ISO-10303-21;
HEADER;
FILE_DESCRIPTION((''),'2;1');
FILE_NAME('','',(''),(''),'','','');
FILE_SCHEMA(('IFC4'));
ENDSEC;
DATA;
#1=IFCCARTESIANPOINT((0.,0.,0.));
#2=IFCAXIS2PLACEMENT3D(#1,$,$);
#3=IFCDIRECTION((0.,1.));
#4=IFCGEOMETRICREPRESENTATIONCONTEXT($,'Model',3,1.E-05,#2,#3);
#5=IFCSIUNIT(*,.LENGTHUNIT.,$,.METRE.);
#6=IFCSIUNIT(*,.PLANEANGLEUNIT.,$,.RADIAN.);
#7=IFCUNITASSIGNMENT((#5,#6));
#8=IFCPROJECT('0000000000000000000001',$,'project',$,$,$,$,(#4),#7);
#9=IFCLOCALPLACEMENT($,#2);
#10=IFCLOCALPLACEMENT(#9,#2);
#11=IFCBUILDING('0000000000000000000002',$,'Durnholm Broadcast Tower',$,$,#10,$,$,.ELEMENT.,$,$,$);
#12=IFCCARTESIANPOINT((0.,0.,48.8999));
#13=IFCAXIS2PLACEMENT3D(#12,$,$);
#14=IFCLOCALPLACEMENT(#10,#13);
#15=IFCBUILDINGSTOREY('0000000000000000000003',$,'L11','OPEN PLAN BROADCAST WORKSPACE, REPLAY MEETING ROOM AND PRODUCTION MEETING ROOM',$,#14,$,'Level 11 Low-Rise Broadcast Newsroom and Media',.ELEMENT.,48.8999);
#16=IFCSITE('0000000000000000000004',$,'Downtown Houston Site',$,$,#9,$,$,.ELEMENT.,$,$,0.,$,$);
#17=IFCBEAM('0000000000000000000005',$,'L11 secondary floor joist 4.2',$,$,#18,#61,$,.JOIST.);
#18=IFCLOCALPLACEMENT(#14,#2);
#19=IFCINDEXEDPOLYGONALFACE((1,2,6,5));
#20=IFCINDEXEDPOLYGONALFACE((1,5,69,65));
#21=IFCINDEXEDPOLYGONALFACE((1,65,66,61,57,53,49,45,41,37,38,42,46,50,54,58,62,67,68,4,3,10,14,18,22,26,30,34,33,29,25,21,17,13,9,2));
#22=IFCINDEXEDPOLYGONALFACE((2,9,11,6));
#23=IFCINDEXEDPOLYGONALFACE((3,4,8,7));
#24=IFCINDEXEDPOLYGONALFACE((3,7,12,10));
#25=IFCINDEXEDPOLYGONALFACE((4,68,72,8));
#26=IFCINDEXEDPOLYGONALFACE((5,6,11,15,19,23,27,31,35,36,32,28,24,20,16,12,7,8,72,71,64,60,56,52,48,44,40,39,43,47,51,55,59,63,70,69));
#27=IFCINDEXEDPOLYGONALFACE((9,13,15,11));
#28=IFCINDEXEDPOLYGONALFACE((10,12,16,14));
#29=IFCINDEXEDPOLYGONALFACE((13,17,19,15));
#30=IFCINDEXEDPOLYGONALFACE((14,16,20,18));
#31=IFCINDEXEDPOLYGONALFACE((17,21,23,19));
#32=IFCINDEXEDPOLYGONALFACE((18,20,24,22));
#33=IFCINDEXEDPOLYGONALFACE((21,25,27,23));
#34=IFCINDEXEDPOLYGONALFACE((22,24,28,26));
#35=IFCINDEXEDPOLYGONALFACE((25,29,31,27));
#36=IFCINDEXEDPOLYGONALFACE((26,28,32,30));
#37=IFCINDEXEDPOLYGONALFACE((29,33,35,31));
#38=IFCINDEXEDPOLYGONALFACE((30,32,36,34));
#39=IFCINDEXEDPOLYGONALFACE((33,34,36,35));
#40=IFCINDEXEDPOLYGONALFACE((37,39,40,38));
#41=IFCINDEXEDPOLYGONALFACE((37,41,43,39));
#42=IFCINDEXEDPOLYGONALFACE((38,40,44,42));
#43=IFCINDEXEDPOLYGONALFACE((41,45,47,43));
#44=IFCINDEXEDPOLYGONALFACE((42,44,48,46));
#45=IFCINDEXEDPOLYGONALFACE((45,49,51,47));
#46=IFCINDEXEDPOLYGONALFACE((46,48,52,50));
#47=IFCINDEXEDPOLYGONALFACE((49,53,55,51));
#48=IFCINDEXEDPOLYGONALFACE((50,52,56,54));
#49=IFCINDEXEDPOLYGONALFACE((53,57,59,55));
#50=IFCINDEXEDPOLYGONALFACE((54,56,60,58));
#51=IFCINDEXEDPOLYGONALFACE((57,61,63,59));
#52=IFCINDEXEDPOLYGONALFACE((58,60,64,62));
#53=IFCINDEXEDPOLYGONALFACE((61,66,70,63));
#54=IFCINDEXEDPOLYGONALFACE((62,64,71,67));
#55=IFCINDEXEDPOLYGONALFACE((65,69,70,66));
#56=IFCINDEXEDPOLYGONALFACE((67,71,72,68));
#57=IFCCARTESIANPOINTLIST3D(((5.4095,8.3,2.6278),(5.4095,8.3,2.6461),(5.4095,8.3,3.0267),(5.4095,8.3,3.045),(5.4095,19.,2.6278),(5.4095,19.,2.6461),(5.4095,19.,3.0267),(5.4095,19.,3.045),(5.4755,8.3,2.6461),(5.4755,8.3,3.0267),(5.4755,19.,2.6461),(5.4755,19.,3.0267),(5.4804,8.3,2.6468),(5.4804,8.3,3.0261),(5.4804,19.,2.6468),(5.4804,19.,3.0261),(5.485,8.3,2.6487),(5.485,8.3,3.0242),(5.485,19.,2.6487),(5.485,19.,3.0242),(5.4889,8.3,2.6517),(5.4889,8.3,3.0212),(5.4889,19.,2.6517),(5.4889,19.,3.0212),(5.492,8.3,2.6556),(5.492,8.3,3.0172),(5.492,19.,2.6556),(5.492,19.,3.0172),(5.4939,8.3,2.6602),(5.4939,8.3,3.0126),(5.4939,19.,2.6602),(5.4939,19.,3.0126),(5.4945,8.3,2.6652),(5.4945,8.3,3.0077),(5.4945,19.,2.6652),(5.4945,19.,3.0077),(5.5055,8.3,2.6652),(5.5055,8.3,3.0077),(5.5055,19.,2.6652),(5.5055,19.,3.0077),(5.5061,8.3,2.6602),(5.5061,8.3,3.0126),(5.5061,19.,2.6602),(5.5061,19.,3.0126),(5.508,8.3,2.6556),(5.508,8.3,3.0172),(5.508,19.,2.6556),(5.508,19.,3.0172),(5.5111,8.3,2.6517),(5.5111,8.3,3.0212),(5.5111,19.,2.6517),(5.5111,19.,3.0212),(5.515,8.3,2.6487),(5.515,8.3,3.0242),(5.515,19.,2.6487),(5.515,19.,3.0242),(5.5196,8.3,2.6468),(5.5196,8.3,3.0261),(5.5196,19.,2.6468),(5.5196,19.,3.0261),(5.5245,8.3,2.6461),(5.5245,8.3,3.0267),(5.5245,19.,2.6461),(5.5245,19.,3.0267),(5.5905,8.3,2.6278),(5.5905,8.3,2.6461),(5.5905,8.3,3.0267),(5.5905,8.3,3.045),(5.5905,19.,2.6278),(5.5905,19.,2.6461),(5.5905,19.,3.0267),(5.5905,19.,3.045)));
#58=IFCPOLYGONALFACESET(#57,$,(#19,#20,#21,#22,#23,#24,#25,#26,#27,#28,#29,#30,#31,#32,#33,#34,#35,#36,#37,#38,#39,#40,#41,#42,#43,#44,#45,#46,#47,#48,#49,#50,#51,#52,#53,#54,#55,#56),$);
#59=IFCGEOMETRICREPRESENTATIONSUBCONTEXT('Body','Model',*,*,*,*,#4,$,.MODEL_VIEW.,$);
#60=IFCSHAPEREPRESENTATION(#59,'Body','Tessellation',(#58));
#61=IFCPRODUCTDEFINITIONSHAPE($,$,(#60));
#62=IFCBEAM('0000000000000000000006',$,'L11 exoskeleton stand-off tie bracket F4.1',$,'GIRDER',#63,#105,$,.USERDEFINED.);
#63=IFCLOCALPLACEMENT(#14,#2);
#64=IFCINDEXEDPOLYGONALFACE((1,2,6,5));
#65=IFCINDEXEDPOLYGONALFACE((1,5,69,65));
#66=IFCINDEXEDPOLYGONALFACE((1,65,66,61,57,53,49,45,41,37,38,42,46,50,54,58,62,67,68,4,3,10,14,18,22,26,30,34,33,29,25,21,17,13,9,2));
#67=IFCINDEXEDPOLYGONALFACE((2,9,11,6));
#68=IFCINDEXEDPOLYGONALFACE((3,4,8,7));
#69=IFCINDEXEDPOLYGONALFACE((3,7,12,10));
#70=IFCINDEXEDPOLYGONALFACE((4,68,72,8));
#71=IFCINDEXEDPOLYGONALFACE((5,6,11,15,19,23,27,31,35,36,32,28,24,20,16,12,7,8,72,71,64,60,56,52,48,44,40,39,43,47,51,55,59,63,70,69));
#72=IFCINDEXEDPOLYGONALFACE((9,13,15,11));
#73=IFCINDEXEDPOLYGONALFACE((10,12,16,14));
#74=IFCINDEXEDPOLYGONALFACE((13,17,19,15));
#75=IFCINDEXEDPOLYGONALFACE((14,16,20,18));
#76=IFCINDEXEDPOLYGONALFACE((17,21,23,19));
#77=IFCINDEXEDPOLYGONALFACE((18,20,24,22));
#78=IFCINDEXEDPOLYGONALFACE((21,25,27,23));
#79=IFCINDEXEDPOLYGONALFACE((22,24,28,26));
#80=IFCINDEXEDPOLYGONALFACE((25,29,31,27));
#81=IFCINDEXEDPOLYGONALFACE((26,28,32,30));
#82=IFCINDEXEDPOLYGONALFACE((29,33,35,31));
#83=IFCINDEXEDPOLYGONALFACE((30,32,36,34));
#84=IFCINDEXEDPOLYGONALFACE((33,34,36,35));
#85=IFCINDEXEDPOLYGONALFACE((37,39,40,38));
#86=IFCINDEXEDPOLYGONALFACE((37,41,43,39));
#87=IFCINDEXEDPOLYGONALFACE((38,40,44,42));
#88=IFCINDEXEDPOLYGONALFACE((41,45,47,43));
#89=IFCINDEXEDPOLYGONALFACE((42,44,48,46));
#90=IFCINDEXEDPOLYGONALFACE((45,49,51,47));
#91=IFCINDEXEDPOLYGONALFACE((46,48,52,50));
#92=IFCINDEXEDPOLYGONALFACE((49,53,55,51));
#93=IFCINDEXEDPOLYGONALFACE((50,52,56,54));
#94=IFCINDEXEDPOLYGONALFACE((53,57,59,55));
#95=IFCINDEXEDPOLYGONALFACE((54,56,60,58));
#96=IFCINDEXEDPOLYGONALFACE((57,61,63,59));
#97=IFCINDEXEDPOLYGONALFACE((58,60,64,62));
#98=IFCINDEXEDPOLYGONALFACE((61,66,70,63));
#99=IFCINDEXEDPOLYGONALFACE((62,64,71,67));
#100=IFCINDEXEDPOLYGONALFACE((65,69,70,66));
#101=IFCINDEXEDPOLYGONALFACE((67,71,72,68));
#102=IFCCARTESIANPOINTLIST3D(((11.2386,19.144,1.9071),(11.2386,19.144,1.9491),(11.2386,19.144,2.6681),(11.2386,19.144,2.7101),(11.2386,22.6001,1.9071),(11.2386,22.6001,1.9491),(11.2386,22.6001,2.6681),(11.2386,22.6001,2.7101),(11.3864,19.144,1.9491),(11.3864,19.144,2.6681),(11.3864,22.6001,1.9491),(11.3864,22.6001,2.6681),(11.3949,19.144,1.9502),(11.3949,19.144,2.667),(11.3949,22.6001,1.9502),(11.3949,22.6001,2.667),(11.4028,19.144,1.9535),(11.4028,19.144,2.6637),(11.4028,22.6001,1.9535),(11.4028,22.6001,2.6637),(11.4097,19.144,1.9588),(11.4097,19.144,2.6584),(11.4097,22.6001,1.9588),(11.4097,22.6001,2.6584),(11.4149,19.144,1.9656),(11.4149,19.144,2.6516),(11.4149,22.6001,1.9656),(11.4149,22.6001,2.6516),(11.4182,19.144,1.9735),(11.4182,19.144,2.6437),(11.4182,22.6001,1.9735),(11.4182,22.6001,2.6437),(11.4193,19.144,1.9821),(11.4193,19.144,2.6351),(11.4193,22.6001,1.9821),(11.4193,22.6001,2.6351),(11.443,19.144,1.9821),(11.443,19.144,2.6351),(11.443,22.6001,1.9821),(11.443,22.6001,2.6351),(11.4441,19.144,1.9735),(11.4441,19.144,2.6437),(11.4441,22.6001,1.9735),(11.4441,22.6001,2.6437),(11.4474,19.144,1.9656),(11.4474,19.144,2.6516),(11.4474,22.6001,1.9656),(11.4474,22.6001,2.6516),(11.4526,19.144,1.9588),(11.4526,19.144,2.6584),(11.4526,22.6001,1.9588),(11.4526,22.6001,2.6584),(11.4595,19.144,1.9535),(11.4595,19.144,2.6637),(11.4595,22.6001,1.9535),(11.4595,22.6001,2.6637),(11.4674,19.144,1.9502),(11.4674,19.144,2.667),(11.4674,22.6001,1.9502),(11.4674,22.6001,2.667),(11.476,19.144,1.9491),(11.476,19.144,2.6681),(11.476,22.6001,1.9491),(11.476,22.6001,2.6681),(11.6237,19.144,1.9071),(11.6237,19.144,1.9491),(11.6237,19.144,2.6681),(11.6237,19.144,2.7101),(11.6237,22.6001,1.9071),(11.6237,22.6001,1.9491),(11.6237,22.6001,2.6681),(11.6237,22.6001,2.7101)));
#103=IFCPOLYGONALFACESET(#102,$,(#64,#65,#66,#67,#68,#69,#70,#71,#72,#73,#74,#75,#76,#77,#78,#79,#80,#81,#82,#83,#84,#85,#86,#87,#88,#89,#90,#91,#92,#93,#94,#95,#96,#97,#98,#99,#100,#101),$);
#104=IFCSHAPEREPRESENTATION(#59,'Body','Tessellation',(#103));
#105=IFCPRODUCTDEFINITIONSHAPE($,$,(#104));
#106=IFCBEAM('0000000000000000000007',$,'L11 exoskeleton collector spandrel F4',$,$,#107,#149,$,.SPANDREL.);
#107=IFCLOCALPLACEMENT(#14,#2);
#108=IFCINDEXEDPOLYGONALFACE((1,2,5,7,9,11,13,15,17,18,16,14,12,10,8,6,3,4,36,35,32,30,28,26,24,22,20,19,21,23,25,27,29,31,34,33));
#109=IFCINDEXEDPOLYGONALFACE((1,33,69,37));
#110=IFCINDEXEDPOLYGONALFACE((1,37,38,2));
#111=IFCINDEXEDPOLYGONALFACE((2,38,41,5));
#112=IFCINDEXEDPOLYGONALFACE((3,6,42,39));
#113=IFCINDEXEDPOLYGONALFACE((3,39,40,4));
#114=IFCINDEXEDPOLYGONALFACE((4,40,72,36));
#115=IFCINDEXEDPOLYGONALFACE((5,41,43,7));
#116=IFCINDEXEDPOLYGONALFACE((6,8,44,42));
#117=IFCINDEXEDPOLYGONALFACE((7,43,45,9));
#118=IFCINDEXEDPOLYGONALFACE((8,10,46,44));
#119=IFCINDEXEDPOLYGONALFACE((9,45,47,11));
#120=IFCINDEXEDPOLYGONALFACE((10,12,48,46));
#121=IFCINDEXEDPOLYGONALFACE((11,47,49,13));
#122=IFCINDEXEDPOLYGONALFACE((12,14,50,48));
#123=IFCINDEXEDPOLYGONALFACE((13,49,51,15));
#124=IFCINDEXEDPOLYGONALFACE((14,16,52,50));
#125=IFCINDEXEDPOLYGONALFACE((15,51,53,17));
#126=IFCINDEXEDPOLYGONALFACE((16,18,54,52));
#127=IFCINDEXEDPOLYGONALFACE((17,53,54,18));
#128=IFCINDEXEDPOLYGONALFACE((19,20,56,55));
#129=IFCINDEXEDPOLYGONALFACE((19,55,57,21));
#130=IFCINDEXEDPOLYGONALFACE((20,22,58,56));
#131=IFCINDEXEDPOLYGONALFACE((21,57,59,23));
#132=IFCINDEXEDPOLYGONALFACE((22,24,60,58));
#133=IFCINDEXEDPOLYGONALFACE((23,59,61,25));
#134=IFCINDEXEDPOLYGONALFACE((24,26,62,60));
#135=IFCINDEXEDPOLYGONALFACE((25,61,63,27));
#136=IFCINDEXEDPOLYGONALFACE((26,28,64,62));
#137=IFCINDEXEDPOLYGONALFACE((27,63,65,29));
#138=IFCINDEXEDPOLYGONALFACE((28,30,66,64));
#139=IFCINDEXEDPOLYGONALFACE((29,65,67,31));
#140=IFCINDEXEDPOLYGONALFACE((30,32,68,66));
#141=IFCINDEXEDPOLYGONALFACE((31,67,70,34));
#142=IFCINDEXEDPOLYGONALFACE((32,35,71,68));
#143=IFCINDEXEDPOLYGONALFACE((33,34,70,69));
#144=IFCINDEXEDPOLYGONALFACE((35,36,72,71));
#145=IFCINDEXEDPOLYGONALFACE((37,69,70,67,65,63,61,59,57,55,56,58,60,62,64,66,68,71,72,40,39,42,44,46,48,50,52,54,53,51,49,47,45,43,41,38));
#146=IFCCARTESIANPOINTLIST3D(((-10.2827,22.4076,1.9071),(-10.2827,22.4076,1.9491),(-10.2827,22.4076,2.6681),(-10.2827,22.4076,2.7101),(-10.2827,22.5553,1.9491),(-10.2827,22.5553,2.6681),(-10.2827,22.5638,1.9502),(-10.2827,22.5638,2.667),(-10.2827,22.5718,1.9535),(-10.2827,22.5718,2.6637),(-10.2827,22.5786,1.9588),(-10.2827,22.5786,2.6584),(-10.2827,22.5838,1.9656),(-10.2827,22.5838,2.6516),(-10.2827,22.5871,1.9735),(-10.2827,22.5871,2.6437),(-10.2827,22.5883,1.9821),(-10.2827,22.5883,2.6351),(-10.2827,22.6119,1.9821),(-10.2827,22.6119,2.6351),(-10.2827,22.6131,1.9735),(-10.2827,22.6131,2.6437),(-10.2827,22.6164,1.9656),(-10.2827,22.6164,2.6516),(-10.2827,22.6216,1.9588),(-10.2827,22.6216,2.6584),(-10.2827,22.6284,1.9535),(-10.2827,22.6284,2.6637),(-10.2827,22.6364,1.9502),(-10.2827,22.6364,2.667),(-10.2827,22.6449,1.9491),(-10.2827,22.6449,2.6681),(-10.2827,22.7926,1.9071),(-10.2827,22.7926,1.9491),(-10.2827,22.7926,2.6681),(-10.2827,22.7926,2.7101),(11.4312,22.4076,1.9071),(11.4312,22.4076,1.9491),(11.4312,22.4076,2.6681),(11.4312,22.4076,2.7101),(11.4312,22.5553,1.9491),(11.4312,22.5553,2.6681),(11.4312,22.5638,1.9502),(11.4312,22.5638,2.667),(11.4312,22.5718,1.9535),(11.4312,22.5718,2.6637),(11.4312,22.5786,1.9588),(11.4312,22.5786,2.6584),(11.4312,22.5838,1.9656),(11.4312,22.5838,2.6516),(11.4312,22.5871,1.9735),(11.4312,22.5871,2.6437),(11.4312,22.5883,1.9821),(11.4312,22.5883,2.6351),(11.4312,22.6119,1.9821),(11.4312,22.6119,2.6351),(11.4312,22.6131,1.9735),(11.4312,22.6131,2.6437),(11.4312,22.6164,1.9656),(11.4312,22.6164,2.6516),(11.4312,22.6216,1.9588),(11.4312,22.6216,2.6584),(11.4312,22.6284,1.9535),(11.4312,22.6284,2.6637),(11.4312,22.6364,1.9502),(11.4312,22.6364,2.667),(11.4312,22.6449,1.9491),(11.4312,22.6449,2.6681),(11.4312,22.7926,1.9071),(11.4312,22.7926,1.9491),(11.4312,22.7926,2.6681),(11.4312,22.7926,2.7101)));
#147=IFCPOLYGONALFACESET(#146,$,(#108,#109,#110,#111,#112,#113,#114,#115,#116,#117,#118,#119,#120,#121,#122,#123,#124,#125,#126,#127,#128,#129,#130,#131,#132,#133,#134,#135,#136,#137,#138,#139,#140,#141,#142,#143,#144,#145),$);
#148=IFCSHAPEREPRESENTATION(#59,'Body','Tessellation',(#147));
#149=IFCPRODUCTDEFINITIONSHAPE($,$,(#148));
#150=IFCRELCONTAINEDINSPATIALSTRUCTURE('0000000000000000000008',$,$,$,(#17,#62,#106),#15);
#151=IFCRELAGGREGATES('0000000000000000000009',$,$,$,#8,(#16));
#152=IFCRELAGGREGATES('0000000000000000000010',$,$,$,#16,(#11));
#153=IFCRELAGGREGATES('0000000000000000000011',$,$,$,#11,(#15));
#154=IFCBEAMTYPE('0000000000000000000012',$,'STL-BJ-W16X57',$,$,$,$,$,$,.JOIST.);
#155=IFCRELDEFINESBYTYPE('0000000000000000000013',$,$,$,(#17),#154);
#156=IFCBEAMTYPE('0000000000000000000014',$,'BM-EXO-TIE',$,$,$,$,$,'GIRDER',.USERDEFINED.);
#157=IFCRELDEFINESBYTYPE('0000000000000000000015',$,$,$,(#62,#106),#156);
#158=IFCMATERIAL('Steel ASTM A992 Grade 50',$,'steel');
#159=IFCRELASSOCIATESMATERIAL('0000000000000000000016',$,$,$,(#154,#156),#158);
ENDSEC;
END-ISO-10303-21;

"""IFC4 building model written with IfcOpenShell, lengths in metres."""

from ifc_helpers import new_model, si_unit, direction, frame, origin, origin_2d, place, context, subcontext, project, spatial, i_section, extrude, source, transform, mapped, material, material_profile, profile_set, type_object, type_shapes, element, save


model = new_model("IFC4")

# Units and contexts
model_context = context("Model", 3, precision=1e-05, world=origin(), true_north=direction((0.0, 1.0)))
body_context = subcontext(model_context, "Body", "Model", "MODEL_VIEW")
ifc_project = project(units=[si_unit("LENGTHUNIT", "METRE"), si_unit("PLANEANGLEUNIT", "RADIAN")], contexts=[model_context])

# Site, building, storey
site_placement = place(None, origin())
site = spatial("IfcSite", under=ifc_project, at=site_placement, Name="Downtown Houston Site", CompositionType="ELEMENT", RefElevation=0.0)
building_placement = place(site_placement, origin())
building = spatial("IfcBuilding", under=site, at=building_placement, Name="Durnholm Broadcast Tower", CompositionType="ELEMENT")
storey_placement = place(building_placement, frame((0.0, 0.0, 48.8999)))
storey = spatial("IfcBuildingStorey", under=building, at=storey_placement, Name="L11", Description="OPEN PLAN BROADCAST WORKSPACE, REPLAY MEETING ROOM AND PRODUCTION MEETING ROOM", LongName="Level 11 Low-Rise Broadcast Newsroom and Media", CompositionType="ELEMENT", Elevation=48.8999)

# Beams
ifc_material_1 = material(Name="Steel ASTM A992 Grade 50", Category="steel")
ifc_material_profile_1 = material_profile(ifc_material_1, i_section(OverallWidth=0.1809, OverallDepth=0.4172, WebThickness=0.011, FlangeThickness=0.0183, FilletRadius=0.019, at=origin_2d()), Name="W16X57")
ifc_profile_set_1 = profile_set([ifc_material_profile_1], Name="Steel ASTM A992 Grade 50")
beam_type_1 = type_object("IfcBeamType", Name="STL-BJ-W16X57", PredefinedType="JOIST", material=ifc_profile_set_1)
shared_shape_1 = source(origin(), body_context, "Body", "SweptSolid", [
    extrude(i_section(OverallWidth=0.1809, OverallDepth=0.4172, WebThickness=0.011, FlangeThickness=0.0183, FilletRadius=0.019, at=origin_2d()), origin(), (0.0, 0.0, 1.0), 10.7),
])
type_shapes(beam_type_1, [shared_shape_1])
beam_1_placement = place(storey_placement, frame((5.5, 8.3, 2.8364), z_axis=(0.0, 1.0, 0.0), x_axis=(-1.0, 0.0, 0.0)))
element("IfcBeam", 1, at=beam_1_placement, inside=storey, type_object=beam_type_1, Name="L11 secondary floor joist 4.2", PredefinedType="JOIST", context=body_context, shape_type="MappedRepresentation", body=[
    mapped(shared_shape_1, transform((0.0, 0.0, 0.0), x_axis=(1.0, 0.0, 0.0), y_axis=(0.0, 1.0, 0.0), z_axis=(0.0, 0.0, 1.0), scale=1.0)),
])
ifc_material_profile_2 = material_profile(ifc_material_1, i_section(OverallWidth=0.385, OverallDepth=0.803, WebThickness=0.0237, FlangeThickness=0.042, FilletRadius=0.033, at=origin_2d()), Name="W30X261")
ifc_profile_set_2 = profile_set([ifc_material_profile_2], Name="Steel ASTM A992 Grade 50")
beam_type_2 = type_object("IfcBeamType", Name="BM-EXO-TIE", ElementType="GIRDER", PredefinedType="USERDEFINED", material=ifc_profile_set_2)
shared_shape_2 = source(origin(), body_context, "Body", "SweptSolid", [
    extrude(i_section(OverallWidth=0.385, OverallDepth=0.803, WebThickness=0.0237, FlangeThickness=0.042, FilletRadius=0.033, at=origin_2d()), origin(), (0.0, 0.0, 1.0), 3.4561),
])
beam_2_placement = place(storey_placement, frame((11.4312, 19.144, 2.3086), z_axis=(0.0, 1.0, 0.0), x_axis=(-1.0, 0.0, 0.0)))
element("IfcBeam", 2, at=beam_2_placement, inside=storey, type_object=beam_type_2, Name="L11 exoskeleton stand-off tie bracket F4.1", ObjectType="GIRDER", PredefinedType="USERDEFINED", context=body_context, shape_type="MappedRepresentation", body=[
    mapped(shared_shape_2, transform((0.0, 0.0, 0.0), x_axis=(1.0, 0.0, 0.0), y_axis=(0.0, 1.0, 0.0), z_axis=(0.0, 0.0, 1.0), scale=1.0)),
])
shared_shape_3 = source(origin(), body_context, "Body", "SweptSolid", [
    extrude(i_section(OverallWidth=0.385, OverallDepth=0.803, WebThickness=0.0237, FlangeThickness=0.042, FilletRadius=0.033, at=origin_2d()), origin(), (0.0, 0.0, 1.0), 21.7139),
])
type_shapes(beam_type_2, [shared_shape_2, shared_shape_3])
beam_3_placement = place(storey_placement, frame((11.4312, 22.6001, 2.3086), z_axis=(-1.0, 0.0, 0.0), x_axis=(0.0, -1.0, 0.0)))
element("IfcBeam", 3, at=beam_3_placement, inside=storey, type_object=beam_type_2, Name="L11 exoskeleton collector spandrel F4", PredefinedType="SPANDREL", context=body_context, shape_type="MappedRepresentation", body=[
    mapped(shared_shape_3, transform((0.0, 0.0, 0.0), x_axis=(1.0, 0.0, 0.0), y_axis=(0.0, 1.0, 0.0), z_axis=(0.0, 0.0, 1.0), scale=1.0)),
])

save(model, "model.ifc")
